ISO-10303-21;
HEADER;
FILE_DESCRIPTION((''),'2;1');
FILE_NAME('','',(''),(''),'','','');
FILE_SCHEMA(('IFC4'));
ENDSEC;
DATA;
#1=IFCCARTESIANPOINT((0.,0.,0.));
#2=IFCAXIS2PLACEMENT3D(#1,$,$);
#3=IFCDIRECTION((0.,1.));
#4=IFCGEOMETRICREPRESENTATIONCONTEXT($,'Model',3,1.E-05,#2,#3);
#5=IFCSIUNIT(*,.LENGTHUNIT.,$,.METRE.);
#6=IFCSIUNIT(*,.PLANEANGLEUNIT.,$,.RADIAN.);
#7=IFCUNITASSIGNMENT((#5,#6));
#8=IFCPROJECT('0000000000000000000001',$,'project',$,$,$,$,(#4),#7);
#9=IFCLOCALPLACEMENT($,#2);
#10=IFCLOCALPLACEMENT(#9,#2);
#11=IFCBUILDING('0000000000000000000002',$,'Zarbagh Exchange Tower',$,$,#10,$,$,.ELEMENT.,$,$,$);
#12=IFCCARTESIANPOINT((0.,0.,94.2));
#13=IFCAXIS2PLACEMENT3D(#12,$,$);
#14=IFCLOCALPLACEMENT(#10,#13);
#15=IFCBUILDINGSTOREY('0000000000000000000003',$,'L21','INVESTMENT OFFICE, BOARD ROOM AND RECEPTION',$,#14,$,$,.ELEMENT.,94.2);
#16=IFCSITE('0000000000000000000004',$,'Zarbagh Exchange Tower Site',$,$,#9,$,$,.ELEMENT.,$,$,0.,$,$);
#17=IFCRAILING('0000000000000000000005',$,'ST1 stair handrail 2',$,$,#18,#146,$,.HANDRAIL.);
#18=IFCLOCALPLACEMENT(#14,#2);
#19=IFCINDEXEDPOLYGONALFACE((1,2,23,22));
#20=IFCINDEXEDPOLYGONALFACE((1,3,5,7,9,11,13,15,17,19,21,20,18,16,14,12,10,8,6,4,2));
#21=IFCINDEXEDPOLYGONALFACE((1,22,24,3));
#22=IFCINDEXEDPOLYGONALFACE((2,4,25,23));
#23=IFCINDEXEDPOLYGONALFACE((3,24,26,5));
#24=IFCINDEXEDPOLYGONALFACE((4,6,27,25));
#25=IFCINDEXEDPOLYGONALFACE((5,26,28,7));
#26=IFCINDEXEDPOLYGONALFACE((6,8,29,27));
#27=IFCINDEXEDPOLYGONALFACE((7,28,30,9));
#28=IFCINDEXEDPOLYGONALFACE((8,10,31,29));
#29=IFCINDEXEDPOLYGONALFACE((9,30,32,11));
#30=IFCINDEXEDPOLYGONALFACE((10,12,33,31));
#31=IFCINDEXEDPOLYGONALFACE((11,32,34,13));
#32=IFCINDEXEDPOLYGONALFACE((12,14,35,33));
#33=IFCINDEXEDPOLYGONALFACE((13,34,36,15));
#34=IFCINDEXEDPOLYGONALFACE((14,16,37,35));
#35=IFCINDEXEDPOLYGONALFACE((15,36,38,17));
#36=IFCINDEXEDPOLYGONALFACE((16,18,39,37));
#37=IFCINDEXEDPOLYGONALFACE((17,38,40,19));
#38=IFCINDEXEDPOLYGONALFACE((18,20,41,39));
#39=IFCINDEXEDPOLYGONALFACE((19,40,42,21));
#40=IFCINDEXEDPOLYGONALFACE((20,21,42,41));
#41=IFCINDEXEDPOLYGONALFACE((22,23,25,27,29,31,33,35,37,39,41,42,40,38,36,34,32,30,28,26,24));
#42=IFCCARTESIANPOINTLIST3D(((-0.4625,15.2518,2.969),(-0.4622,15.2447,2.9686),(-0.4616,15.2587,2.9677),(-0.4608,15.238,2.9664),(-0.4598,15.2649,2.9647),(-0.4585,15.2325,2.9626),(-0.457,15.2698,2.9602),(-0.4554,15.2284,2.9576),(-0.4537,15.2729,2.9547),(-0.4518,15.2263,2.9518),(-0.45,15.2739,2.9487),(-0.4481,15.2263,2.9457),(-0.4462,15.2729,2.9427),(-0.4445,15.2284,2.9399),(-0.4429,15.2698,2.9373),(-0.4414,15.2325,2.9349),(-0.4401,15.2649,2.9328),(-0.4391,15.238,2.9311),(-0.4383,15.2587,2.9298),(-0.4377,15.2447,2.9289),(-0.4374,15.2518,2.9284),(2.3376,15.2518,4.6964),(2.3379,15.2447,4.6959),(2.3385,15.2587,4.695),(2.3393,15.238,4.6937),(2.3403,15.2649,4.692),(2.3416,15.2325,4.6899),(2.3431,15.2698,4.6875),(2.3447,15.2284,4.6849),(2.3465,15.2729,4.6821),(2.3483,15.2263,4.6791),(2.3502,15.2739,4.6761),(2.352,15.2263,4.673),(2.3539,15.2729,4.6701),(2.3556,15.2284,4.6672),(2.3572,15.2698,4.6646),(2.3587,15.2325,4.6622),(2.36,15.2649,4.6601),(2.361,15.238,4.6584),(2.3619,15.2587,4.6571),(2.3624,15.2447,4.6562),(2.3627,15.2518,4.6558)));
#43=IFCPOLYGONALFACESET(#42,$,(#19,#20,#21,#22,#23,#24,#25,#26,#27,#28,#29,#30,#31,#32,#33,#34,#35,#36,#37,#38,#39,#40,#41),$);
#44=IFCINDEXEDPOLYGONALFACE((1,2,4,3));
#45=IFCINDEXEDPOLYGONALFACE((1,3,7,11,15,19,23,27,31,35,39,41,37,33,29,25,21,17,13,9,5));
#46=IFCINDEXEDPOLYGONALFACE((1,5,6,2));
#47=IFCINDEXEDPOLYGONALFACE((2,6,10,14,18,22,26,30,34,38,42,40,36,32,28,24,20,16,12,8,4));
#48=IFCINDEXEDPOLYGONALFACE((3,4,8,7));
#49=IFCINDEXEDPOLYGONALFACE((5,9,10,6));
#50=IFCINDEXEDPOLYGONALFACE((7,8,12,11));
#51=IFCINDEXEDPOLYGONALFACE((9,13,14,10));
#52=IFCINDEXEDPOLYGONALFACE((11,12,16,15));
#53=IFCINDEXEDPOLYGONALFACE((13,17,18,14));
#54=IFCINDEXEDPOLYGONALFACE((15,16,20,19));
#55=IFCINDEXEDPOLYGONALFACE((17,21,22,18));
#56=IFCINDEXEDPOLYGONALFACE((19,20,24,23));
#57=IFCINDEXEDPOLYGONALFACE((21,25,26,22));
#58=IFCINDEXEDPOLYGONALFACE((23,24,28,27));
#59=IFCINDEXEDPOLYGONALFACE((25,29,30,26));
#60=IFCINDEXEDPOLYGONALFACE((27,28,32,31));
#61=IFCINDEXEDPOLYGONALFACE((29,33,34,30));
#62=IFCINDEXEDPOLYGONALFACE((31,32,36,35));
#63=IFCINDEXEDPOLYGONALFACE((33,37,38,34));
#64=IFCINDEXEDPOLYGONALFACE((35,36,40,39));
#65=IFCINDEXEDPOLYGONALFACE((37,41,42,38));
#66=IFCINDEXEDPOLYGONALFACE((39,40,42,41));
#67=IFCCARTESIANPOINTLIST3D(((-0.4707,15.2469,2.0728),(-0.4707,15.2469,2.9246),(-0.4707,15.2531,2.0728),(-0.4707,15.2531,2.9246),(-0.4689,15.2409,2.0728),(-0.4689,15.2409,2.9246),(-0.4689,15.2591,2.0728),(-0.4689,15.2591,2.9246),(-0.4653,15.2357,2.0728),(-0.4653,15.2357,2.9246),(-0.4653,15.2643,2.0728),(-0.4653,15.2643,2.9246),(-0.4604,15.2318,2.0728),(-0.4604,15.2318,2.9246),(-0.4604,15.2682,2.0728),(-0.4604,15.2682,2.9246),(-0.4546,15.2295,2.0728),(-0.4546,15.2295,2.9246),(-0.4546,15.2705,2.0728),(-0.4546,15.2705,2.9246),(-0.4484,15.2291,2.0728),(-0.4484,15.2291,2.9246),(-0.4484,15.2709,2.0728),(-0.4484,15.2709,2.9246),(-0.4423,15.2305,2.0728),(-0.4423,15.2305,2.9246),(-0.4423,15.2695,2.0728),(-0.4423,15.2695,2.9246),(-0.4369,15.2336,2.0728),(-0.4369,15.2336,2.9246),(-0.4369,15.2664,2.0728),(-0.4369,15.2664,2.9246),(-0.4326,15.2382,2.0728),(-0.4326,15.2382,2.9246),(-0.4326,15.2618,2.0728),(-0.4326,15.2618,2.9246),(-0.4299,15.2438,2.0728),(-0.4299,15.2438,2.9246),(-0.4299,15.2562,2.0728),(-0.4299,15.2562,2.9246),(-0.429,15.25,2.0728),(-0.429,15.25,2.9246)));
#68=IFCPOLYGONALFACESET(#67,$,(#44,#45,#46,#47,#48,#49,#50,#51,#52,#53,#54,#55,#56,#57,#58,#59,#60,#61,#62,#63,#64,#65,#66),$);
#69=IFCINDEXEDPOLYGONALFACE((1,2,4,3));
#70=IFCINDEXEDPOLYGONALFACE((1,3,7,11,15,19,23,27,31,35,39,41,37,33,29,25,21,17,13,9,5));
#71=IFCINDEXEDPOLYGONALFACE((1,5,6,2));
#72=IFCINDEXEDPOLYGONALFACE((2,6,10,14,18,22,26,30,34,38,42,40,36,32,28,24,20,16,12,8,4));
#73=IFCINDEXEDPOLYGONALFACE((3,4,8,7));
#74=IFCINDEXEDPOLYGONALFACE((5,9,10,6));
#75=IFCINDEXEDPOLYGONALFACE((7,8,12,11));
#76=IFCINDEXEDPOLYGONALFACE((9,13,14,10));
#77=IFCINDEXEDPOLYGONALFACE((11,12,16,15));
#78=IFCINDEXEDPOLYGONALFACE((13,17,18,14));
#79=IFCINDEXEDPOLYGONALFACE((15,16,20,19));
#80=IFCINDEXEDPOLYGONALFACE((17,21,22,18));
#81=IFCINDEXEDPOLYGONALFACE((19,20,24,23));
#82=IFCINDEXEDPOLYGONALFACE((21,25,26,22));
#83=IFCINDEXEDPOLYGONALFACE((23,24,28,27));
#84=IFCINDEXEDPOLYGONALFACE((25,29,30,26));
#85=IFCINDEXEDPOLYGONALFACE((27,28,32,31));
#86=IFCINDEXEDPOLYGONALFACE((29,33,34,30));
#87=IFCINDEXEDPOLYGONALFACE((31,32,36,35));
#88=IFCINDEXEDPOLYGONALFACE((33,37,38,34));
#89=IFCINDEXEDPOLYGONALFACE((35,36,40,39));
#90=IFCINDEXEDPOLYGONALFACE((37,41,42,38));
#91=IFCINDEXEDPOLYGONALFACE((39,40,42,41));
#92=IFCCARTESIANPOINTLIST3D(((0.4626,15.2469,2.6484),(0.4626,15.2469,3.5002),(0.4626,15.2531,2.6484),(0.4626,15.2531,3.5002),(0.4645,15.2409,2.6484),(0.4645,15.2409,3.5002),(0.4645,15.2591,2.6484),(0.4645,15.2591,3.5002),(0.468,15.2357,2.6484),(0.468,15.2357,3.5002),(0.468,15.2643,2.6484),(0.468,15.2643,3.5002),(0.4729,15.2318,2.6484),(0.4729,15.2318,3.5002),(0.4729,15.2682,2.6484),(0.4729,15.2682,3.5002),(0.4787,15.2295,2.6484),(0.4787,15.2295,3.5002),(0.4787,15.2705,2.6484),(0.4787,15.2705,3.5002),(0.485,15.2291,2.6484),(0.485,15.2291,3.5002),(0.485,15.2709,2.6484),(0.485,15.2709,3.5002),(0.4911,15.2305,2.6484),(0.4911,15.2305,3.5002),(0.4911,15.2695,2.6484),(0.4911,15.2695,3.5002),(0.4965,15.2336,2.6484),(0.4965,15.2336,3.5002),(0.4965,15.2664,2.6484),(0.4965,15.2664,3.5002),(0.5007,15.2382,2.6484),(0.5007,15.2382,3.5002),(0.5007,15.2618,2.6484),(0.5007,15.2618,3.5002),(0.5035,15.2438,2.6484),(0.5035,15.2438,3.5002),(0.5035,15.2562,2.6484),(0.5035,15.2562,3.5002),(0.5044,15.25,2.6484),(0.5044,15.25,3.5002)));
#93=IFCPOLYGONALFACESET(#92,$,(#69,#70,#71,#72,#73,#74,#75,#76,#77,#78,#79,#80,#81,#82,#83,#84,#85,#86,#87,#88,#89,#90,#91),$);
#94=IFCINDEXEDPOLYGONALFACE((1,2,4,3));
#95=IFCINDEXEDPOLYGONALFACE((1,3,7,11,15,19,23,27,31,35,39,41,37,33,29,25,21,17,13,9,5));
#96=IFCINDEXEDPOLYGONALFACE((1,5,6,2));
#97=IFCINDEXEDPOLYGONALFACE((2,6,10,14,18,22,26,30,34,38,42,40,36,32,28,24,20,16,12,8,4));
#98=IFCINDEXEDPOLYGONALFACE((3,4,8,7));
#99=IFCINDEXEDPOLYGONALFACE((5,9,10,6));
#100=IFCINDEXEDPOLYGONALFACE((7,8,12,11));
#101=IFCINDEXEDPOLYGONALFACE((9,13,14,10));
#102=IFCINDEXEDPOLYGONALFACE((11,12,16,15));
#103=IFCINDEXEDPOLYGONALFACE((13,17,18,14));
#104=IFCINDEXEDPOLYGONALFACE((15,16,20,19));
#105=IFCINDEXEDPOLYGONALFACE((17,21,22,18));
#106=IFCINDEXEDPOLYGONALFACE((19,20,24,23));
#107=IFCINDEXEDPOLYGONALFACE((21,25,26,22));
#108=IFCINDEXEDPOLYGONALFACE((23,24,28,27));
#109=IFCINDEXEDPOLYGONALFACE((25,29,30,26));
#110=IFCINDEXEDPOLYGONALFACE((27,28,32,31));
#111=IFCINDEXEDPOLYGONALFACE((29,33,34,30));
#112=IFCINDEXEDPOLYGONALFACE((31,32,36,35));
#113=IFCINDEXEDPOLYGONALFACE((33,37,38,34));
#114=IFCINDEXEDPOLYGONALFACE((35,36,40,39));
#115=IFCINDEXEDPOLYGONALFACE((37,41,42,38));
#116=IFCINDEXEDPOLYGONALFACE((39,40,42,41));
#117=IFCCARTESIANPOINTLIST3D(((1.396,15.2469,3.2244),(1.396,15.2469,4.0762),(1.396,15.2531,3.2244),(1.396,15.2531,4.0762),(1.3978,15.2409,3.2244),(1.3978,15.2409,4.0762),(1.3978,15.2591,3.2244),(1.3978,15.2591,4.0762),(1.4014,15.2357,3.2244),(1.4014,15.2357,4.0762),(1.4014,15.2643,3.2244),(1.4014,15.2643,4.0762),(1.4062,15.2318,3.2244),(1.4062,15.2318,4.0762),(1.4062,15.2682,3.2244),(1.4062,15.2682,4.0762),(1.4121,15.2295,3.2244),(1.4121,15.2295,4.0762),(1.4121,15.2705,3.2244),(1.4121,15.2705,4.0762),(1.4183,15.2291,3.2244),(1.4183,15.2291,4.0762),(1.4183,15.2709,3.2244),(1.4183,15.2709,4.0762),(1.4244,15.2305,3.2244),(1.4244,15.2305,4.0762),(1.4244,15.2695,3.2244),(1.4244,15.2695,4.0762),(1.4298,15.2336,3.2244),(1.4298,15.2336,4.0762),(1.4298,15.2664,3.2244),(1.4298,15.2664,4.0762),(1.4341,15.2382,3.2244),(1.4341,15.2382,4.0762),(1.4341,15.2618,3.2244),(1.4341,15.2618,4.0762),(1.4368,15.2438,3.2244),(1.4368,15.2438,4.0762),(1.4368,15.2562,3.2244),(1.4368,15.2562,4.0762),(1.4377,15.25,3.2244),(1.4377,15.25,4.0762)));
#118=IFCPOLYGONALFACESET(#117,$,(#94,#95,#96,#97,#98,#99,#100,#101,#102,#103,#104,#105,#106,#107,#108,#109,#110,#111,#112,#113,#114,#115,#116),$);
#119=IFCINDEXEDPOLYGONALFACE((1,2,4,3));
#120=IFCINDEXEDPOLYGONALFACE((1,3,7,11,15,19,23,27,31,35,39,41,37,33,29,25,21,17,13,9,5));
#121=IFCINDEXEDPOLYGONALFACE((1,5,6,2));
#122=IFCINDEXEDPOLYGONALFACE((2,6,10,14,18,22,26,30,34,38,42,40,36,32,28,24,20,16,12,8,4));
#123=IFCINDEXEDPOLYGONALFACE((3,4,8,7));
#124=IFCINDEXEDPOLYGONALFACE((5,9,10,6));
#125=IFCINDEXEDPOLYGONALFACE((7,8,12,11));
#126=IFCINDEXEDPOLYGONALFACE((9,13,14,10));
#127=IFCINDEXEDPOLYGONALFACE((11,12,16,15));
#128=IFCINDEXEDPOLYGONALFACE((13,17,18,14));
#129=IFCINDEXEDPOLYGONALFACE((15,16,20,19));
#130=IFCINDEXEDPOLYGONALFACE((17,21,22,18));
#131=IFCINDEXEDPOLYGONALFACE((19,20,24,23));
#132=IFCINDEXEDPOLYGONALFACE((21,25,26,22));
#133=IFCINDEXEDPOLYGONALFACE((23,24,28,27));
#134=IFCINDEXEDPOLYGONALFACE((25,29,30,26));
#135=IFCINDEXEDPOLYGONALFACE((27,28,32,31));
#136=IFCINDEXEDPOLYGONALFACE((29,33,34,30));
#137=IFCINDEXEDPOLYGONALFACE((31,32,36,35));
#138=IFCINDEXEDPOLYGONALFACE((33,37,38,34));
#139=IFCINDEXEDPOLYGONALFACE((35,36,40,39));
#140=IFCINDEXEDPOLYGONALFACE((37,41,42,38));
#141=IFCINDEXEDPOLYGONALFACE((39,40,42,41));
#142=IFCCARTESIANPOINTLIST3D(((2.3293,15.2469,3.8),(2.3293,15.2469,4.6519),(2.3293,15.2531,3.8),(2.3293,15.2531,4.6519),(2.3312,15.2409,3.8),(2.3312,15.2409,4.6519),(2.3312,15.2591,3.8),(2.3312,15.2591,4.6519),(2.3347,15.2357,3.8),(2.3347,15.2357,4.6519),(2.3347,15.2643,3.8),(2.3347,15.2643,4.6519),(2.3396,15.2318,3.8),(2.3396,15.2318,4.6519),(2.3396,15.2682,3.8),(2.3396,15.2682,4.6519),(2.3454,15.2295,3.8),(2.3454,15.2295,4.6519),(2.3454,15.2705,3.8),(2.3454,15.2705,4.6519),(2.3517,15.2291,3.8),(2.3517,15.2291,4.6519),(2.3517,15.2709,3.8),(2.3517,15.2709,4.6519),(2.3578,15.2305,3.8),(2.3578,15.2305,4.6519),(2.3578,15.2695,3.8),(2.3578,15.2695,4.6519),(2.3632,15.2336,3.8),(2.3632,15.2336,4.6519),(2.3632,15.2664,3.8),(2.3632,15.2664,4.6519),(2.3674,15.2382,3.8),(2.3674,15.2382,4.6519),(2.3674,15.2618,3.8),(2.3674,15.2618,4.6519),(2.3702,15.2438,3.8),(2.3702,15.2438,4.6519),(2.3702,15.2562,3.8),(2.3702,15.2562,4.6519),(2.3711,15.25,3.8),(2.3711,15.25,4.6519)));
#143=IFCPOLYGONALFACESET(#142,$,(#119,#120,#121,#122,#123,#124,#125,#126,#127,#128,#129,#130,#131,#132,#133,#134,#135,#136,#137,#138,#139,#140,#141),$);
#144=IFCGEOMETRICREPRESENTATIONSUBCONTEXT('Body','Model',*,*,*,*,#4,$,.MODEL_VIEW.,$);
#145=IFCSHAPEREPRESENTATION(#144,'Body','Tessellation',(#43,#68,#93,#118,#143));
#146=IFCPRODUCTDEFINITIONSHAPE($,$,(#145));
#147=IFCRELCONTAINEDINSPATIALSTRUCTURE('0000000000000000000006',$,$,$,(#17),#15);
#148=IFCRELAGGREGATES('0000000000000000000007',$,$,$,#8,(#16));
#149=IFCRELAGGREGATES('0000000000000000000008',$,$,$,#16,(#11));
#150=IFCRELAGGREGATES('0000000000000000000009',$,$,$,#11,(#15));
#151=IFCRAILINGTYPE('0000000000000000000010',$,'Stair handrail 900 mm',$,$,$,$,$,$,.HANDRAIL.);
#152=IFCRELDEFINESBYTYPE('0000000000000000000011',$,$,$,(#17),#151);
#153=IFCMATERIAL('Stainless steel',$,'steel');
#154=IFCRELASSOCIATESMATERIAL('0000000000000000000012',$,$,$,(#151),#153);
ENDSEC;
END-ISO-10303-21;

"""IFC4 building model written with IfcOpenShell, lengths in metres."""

from ifc_helpers import new_model, si_unit, direction, frame, origin, origin_2d, place, context, subcontext, project, spatial, circle, extrude, material, type_object, element, save


model = new_model("IFC4")

# Units and contexts
model_context = context("Model", 3, precision=1e-05, world=origin(), true_north=direction((0.0, 1.0)))
body_context = subcontext(model_context, "Body", "Model", "MODEL_VIEW")
ifc_project = project(units=[si_unit("LENGTHUNIT", "METRE"), si_unit("PLANEANGLEUNIT", "RADIAN")], contexts=[model_context])

# Site, building, storey
site_placement = place(None, origin())
site = spatial("IfcSite", under=ifc_project, at=site_placement, Name="Zarbagh Exchange Tower Site", CompositionType="ELEMENT", RefElevation=0.0)
building_placement = place(site_placement, origin())
building = spatial("IfcBuilding", under=site, at=building_placement, Name="Zarbagh Exchange Tower", CompositionType="ELEMENT")
storey_placement = place(building_placement, frame((0.0, 0.0, 94.2)))
storey = spatial("IfcBuildingStorey", under=building, at=storey_placement, Name="L21", Description="INVESTMENT OFFICE, BOARD ROOM AND RECEPTION", CompositionType="ELEMENT", Elevation=94.2)

# Shared definitions
ifc_material_1 = material(Name="Stainless steel", Category="steel")

# Railing
railing_type_1 = type_object("IfcRailingType", Name="Stair handrail 900 mm", PredefinedType="HANDRAIL", material=ifc_material_1)
railing_1_placement = place(storey_placement, frame((-0.45, 15.25, 2.0728)))
element("IfcRailing", 1, at=railing_1_placement, inside=storey, type_object=railing_type_1, Name="ST1 stair handrail 2", PredefinedType="HANDRAIL", context=body_context, shape_type="SweptSolid", body=[
    extrude(circle(Radius=0.0239, at=origin_2d()), frame((0.0, 0.0, 0.876), z_axis=(0.85109, 0.0, 0.52502), x_axis=(0.0, 1.0, 0.0)), (0.0, 0.0, 1.0), 3.29),
    extrude(circle(Radius=0.021, at=origin_2d()), origin(), (0.0, 0.0, 1.0), 0.8518),
    extrude(circle(Radius=0.021, at=origin_2d()), frame((0.9333, 0.0, 0.5757)), (0.0, 0.0, 1.0), 0.8518),
    extrude(circle(Radius=0.021, at=origin_2d()), frame((1.8667, 0.0, 1.1516)), (0.0, 0.0, 1.0), 0.8518),
    extrude(circle(Radius=0.021, at=origin_2d()), frame((2.8, 0.0, 1.7273)), (0.0, 0.0, 1.0), 0.8518),
])

save(model, "model.ifc")
